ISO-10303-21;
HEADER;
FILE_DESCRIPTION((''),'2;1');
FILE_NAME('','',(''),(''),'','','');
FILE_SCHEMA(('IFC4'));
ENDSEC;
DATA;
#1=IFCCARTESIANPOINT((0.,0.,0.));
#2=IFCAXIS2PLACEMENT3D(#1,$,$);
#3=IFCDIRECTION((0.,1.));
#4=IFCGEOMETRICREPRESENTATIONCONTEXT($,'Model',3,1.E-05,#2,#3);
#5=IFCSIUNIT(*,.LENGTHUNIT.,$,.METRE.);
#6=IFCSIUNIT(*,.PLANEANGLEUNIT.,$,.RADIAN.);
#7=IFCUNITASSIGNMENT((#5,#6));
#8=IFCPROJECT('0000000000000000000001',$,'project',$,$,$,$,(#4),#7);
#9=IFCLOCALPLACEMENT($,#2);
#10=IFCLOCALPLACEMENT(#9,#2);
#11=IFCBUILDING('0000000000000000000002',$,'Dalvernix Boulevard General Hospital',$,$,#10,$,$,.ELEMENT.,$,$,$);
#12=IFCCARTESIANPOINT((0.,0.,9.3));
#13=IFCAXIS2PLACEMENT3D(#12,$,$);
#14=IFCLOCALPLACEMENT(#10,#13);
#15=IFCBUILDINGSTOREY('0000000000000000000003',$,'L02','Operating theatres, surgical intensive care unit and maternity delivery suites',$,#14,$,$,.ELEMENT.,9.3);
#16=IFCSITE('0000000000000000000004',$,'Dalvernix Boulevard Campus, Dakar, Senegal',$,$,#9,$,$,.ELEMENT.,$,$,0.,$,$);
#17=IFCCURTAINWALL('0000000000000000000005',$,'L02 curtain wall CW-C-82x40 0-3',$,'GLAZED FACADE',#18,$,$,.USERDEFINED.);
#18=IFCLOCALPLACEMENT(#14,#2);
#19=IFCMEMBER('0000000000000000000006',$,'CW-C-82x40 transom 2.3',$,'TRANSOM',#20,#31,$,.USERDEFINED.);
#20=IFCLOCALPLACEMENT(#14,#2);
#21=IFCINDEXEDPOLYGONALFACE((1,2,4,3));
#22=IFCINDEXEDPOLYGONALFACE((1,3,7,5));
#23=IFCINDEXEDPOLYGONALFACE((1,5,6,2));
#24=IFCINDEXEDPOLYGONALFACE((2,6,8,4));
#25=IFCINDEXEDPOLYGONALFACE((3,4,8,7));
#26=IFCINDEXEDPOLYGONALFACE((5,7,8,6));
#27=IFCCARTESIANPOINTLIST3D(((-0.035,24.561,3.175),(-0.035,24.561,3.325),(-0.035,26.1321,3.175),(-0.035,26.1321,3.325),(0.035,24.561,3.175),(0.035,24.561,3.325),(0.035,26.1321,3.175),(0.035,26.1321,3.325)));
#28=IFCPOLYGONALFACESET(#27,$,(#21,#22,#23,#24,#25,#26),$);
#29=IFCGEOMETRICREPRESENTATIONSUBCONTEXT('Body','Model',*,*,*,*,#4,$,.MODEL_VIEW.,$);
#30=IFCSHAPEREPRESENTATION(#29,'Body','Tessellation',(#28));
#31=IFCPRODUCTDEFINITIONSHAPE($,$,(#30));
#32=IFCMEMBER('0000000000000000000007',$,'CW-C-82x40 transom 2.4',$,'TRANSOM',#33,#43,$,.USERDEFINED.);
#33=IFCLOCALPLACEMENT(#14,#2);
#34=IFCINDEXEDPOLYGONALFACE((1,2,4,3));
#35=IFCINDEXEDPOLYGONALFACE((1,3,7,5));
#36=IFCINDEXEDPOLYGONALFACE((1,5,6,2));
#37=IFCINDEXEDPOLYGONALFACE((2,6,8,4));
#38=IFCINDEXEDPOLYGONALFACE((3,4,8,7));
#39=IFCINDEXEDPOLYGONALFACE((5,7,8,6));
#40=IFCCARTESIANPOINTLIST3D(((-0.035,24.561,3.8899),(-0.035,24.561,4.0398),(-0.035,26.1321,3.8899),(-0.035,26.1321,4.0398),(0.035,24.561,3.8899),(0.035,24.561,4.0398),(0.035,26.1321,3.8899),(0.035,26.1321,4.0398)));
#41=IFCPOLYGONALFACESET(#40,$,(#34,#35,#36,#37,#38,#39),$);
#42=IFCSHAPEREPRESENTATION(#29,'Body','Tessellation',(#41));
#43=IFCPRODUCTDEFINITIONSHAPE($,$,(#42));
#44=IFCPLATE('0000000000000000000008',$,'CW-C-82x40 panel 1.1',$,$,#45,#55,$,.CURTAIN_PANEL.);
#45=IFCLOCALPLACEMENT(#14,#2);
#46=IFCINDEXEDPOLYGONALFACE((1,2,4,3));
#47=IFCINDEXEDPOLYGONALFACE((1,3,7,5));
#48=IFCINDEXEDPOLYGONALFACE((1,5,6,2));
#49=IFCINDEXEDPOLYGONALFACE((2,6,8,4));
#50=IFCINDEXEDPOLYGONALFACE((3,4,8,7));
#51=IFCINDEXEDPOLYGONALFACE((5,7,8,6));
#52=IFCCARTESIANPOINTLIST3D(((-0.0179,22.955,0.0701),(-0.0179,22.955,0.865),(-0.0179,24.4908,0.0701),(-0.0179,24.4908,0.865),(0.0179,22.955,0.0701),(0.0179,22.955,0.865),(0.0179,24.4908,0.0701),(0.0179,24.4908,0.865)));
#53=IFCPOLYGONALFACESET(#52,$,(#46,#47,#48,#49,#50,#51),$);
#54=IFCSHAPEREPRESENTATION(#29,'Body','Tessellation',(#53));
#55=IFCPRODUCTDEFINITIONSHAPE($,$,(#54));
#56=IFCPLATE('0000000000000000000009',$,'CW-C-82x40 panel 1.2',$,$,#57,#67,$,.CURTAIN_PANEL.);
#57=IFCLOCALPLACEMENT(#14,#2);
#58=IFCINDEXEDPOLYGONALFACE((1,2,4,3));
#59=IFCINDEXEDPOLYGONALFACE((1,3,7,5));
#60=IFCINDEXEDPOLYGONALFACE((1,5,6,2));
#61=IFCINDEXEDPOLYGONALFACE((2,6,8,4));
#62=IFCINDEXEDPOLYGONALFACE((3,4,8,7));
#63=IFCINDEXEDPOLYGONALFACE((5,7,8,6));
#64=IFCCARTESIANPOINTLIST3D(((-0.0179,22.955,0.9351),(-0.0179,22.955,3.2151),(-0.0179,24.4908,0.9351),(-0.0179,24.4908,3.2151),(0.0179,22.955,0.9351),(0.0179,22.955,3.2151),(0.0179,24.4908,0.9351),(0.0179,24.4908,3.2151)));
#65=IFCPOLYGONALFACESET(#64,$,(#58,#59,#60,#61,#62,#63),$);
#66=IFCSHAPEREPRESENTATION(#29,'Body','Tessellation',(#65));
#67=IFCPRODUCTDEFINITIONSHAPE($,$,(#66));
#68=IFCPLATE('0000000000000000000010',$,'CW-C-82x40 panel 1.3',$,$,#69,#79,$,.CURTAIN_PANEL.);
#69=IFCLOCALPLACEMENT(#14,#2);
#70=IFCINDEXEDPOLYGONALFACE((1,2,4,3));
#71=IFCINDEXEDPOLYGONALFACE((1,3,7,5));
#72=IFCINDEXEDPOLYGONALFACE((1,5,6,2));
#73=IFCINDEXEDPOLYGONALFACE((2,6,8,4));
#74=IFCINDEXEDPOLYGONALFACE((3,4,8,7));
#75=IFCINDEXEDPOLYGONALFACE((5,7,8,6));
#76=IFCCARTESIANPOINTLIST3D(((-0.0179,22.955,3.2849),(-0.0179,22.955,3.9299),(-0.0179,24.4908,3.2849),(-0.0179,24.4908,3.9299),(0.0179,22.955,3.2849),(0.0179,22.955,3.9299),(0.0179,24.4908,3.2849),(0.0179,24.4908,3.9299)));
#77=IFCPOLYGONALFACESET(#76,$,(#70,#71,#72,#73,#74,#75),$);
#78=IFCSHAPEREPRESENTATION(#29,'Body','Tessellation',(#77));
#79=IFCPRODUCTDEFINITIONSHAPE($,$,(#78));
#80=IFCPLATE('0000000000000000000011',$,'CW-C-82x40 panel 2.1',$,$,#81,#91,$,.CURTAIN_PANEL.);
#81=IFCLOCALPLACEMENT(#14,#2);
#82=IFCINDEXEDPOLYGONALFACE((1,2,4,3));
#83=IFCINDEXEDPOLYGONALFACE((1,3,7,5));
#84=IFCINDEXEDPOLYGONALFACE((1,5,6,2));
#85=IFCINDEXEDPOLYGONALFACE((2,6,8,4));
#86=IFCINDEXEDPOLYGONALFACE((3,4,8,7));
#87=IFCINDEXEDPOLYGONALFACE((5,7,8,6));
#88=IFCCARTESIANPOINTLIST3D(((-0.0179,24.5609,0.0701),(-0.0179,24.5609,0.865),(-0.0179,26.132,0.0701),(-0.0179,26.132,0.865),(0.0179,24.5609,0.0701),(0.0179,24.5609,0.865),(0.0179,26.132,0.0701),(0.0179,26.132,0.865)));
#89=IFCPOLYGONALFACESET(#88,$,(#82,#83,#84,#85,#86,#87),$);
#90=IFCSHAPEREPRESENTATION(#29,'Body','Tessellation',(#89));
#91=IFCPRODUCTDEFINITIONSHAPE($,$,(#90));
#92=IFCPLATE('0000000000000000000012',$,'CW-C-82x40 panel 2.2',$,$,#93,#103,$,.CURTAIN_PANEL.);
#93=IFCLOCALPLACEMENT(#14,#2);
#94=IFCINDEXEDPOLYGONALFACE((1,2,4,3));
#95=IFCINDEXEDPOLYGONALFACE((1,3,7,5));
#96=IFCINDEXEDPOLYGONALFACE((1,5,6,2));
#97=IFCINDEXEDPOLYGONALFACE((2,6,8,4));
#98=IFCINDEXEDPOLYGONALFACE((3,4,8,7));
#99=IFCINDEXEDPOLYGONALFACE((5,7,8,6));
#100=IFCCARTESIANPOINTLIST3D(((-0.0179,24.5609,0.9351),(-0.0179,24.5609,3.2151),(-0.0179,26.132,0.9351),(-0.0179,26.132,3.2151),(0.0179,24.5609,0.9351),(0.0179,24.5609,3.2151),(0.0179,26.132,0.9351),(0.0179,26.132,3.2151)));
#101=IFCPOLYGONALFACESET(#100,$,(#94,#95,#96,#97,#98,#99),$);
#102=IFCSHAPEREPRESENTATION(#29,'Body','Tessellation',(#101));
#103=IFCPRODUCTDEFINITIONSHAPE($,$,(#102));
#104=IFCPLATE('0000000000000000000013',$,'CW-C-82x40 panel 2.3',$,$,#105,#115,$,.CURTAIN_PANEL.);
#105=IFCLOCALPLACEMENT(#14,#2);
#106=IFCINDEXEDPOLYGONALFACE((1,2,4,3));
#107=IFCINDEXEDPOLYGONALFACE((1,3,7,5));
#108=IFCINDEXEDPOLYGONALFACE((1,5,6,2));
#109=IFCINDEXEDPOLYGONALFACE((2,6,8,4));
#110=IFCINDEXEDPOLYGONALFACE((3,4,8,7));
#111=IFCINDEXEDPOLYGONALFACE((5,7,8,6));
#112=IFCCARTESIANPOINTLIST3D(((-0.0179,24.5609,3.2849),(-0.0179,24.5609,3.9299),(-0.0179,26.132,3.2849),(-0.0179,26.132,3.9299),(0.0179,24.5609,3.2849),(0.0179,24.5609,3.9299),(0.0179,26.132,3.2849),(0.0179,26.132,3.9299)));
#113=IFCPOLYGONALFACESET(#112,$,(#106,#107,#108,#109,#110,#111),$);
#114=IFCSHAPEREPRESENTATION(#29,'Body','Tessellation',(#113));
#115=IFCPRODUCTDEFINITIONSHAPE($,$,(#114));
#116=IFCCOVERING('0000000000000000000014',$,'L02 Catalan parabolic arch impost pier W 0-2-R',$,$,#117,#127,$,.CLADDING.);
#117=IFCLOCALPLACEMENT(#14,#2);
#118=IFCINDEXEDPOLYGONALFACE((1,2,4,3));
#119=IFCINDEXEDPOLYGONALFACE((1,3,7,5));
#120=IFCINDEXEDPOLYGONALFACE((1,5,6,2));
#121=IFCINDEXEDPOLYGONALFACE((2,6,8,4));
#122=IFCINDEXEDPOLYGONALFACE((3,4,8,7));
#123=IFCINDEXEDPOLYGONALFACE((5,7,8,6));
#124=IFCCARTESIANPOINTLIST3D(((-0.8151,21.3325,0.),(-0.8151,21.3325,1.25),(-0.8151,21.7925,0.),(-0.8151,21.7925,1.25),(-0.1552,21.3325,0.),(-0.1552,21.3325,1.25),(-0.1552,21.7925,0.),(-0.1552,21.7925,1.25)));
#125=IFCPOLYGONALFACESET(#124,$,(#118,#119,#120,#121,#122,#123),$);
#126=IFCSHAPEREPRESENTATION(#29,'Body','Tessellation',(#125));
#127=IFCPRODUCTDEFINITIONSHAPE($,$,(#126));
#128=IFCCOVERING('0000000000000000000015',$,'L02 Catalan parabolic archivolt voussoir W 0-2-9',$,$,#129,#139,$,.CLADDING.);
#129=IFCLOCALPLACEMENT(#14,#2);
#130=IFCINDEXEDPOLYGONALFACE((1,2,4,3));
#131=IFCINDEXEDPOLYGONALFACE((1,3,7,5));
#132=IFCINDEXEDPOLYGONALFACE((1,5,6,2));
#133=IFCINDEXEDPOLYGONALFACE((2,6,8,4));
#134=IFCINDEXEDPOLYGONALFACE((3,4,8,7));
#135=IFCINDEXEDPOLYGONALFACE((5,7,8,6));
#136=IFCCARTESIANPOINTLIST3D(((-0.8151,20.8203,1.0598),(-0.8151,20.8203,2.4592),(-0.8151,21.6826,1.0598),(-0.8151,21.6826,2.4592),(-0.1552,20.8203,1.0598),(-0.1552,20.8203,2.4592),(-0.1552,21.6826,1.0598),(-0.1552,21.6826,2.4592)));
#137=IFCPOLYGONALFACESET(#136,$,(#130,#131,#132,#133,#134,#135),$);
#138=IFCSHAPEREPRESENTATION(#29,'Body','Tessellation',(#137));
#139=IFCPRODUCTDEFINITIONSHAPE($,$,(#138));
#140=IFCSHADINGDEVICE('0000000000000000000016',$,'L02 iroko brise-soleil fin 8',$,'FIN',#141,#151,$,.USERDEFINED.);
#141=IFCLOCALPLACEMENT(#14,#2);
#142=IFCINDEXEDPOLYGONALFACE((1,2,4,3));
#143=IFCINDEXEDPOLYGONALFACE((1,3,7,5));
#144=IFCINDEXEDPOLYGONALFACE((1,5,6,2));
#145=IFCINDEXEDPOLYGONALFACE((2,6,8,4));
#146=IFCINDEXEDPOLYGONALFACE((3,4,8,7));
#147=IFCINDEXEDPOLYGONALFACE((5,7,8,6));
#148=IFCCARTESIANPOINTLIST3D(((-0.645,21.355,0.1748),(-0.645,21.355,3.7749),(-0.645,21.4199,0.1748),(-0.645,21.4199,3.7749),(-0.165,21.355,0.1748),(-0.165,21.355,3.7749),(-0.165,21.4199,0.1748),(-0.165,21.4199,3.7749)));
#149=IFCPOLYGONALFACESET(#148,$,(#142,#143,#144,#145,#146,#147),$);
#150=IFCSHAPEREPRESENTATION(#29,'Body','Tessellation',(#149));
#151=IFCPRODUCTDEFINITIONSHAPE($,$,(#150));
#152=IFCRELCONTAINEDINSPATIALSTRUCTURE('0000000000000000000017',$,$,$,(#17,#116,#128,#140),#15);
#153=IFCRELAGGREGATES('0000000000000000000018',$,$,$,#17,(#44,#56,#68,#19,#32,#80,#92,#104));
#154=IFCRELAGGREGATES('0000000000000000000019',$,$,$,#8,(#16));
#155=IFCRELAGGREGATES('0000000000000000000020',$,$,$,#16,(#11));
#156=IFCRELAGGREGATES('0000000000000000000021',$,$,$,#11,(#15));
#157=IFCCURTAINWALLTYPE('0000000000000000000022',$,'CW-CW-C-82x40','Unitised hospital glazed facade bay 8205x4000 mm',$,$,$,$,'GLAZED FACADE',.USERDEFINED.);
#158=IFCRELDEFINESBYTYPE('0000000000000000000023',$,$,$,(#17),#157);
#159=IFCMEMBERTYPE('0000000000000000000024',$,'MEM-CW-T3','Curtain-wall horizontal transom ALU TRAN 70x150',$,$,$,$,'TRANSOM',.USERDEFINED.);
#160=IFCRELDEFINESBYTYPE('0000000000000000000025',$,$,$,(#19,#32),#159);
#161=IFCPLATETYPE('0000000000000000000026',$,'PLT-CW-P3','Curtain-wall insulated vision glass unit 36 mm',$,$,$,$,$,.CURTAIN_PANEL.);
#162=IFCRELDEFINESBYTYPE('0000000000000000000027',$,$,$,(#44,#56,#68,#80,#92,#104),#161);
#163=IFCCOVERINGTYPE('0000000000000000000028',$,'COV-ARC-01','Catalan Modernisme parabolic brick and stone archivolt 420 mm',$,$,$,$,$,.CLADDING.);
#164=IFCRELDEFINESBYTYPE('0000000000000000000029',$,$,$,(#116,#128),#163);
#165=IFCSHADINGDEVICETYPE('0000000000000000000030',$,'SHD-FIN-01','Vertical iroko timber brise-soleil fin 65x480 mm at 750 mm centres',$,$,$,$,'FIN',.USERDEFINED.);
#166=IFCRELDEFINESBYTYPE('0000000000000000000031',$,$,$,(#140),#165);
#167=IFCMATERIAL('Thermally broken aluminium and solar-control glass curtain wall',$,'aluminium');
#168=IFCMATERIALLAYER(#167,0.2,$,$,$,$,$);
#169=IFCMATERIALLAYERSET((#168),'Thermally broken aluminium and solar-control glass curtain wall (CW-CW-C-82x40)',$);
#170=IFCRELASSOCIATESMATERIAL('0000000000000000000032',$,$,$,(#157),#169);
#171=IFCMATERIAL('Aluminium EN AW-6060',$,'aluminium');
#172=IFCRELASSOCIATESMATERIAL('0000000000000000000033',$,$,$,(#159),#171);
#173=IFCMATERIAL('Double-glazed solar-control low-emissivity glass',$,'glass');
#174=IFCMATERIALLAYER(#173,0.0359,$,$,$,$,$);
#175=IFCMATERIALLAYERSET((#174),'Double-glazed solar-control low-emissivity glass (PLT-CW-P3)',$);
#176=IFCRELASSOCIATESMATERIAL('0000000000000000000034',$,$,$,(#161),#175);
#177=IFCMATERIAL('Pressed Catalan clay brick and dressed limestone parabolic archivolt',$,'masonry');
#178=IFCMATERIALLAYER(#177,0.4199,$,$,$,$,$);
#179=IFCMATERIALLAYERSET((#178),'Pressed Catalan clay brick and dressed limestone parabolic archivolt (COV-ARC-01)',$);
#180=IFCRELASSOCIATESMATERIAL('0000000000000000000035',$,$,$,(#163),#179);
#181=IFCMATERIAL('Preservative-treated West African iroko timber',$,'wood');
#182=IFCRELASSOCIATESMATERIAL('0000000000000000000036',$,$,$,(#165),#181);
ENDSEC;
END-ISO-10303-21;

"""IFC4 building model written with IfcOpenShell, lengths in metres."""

from ifc_helpers import new_model, si_unit, direction, frame, origin, origin_2d, place, context, subcontext, project, spatial, rectangle, extrude, material, layer, layer_set, material_profile, profile_set, type_object, element, aggregate, save


model = new_model("IFC4")

# Units and contexts
model_context = context("Model", 3, precision=1e-05, world=origin(), true_north=direction((0.0, 1.0)))
body_context = subcontext(model_context, "Body", "Model", "MODEL_VIEW")
ifc_project = project(units=[si_unit("LENGTHUNIT", "METRE"), si_unit("PLANEANGLEUNIT", "RADIAN")], contexts=[model_context])

# Site, building, storey
site_placement = place(None, origin())
site = spatial("IfcSite", under=ifc_project, at=site_placement, Name="Dalvernix Boulevard Campus, Dakar, Senegal", CompositionType="ELEMENT", RefElevation=0.0)
building_placement = place(site_placement, origin())
building = spatial("IfcBuilding", under=site, at=building_placement, Name="Dalvernix Boulevard General Hospital", CompositionType="ELEMENT")
storey_placement = place(building_placement, frame((0.0, 0.0, 9.3)))
storey = spatial("IfcBuildingStorey", under=building, at=storey_placement, Name="L02", Description="Operating theatres, surgical intensive care unit and maternity delivery suites", CompositionType="ELEMENT", Elevation=9.3)

# Curtain wall, members, plates
ifc_material_1 = material(Name="Thermally broken aluminium and solar-control glass curtain wall", Category="aluminium")
ifc_layer_1 = layer(ifc_material_1, 0.2)
ifc_layer_set_1 = layer_set([ifc_layer_1], Name="Thermally broken aluminium and solar-control glass curtain wall (CW-CW-C-82x40)")
curtain_wall_type = type_object("IfcCurtainWallType", Name="CW-CW-C-82x40", Description="Unitised hospital glazed facade bay 8205x4000 mm", ElementType="GLAZED FACADE", PredefinedType="USERDEFINED", material=ifc_layer_set_1)
curtain_wall_placement = place(storey_placement, origin())
curtain_wall = element("IfcCurtainWall", 1, at=curtain_wall_placement, inside=storey, type_object=curtain_wall_type, Name="L02 curtain wall CW-C-82x40 0-3", ObjectType="GLAZED FACADE", PredefinedType="USERDEFINED")
ifc_material_2 = material(Name="Aluminium EN AW-6060", Category="aluminium")
ifc_material_profile_1 = material_profile(ifc_material_2, rectangle(XDim=0.0701, YDim=0.1499, at=origin_2d()), Name="ALU TRAN 70x150")
ifc_profile_set_1 = profile_set([ifc_material_profile_1], Name="Aluminium EN AW-6060")
member_type_1 = type_object("IfcMemberType", Name="MEM-CW-T3", Description="Curtain-wall horizontal transom ALU TRAN 70x150", ElementType="TRANSOM", PredefinedType="USERDEFINED", material=ifc_profile_set_1)
member_1_placement = place(storey_placement, frame((0.0, 24.561, 3.25), z_axis=(0.0, 1.0, 0.0), x_axis=(-1.0, 0.0, 0.0)))
member_1 = element("IfcMember", 2, at=member_1_placement, type_object=member_type_1, Name="CW-C-82x40 transom 2.3", ObjectType="TRANSOM", PredefinedType="USERDEFINED", context=body_context, shape_type="SweptSolid", body=[
    extrude(rectangle(XDim=0.0701, YDim=0.1499, at=origin_2d()), origin(), (0.0, 0.0, 1.0), 1.571),
])
member_2_placement = place(storey_placement, frame((0.0, 24.561, 3.9648), z_axis=(0.0, 1.0, 0.0), x_axis=(-1.0, 0.0, 0.0)))
member_2 = element("IfcMember", 3, at=member_2_placement, type_object=member_type_1, Name="CW-C-82x40 transom 2.4", ObjectType="TRANSOM", PredefinedType="USERDEFINED", context=body_context, shape_type="SweptSolid", body=[
    extrude(rectangle(XDim=0.0701, YDim=0.1499, at=origin_2d()), origin(), (0.0, 0.0, 1.0), 1.571),
])
ifc_material_3 = material(Name="Double-glazed solar-control low-emissivity glass", Category="glass")
ifc_layer_2 = layer(ifc_material_3, 0.0359)
ifc_layer_set_2 = layer_set([ifc_layer_2], Name="Double-glazed solar-control low-emissivity glass (PLT-CW-P3)")
plate_type = type_object("IfcPlateType", Name="PLT-CW-P3", Description="Curtain-wall insulated vision glass unit 36 mm", PredefinedType="CURTAIN_PANEL", material=ifc_layer_set_2)
plate_1_placement = place(storey_placement, frame((0.0, 23.7229, 0.0701), z_axis=(0.0, 0.0, 1.0), x_axis=(0.0, 1.0, 0.0)))
plate_1 = element("IfcPlate", 4, at=plate_1_placement, type_object=plate_type, Name="CW-C-82x40 panel 1.1", PredefinedType="CURTAIN_PANEL", context=body_context, shape_type="SweptSolid", body=[
    extrude(rectangle(XDim=1.5359, YDim=0.0359, at=origin_2d()), origin(), (0.0, 0.0, 1.0), 0.7949),
])
plate_2_placement = place(storey_placement, frame((0.0, 23.7229, 0.9351), z_axis=(0.0, 0.0, 1.0), x_axis=(0.0, 1.0, 0.0)))
plate_2 = element("IfcPlate", 5, at=plate_2_placement, type_object=plate_type, Name="CW-C-82x40 panel 1.2", PredefinedType="CURTAIN_PANEL", context=body_context, shape_type="SweptSolid", body=[
    extrude(rectangle(XDim=1.5359, YDim=0.0359, at=origin_2d()), origin(), (0.0, 0.0, 1.0), 2.28),
])
plate_3_placement = place(storey_placement, frame((0.0, 23.7229, 3.2849), z_axis=(0.0, 0.0, 1.0), x_axis=(0.0, 1.0, 0.0)))
plate_3 = element("IfcPlate", 6, at=plate_3_placement, type_object=plate_type, Name="CW-C-82x40 panel 1.3", PredefinedType="CURTAIN_PANEL", context=body_context, shape_type="SweptSolid", body=[
    extrude(rectangle(XDim=1.5359, YDim=0.0359, at=origin_2d()), origin(), (0.0, 0.0, 1.0), 0.645),
])
plate_4_placement = place(storey_placement, frame((0.0, 25.3464, 0.0701), z_axis=(0.0, 0.0, 1.0), x_axis=(0.0, 1.0, 0.0)))
plate_4 = element("IfcPlate", 7, at=plate_4_placement, type_object=plate_type, Name="CW-C-82x40 panel 2.1", PredefinedType="CURTAIN_PANEL", context=body_context, shape_type="SweptSolid", body=[
    extrude(rectangle(XDim=1.571, YDim=0.0359, at=origin_2d()), origin(), (0.0, 0.0, 1.0), 0.7949),
])
plate_5_placement = place(storey_placement, frame((0.0, 25.3464, 0.9351), z_axis=(0.0, 0.0, 1.0), x_axis=(0.0, 1.0, 0.0)))
plate_5 = element("IfcPlate", 8, at=plate_5_placement, type_object=plate_type, Name="CW-C-82x40 panel 2.2", PredefinedType="CURTAIN_PANEL", context=body_context, shape_type="SweptSolid", body=[
    extrude(rectangle(XDim=1.571, YDim=0.0359, at=origin_2d()), origin(), (0.0, 0.0, 1.0), 2.28),
])
plate_6_placement = place(storey_placement, frame((0.0, 25.3464, 3.2849), z_axis=(0.0, 0.0, 1.0), x_axis=(0.0, 1.0, 0.0)))
plate_6 = element("IfcPlate", 9, at=plate_6_placement, type_object=plate_type, Name="CW-C-82x40 panel 2.3", PredefinedType="CURTAIN_PANEL", context=body_context, shape_type="SweptSolid", body=[
    extrude(rectangle(XDim=1.571, YDim=0.0359, at=origin_2d()), origin(), (0.0, 0.0, 1.0), 0.645),
])
aggregate(curtain_wall, [plate_1, plate_2, plate_3, member_1, member_2, plate_4, plate_5, plate_6])

# Coverings
ifc_material_4 = material(Name="Pressed Catalan clay brick and dressed limestone parabolic archivolt", Category="masonry")
ifc_layer_3 = layer(ifc_material_4, 0.4199)
ifc_layer_set_3 = layer_set([ifc_layer_3], Name="Pressed Catalan clay brick and dressed limestone parabolic archivolt (COV-ARC-01)")
covering_type = type_object("IfcCoveringType", Name="COV-ARC-01", Description="Catalan Modernisme parabolic brick and stone archivolt 420 mm", PredefinedType="CLADDING", material=ifc_layer_set_3)
covering_1_placement = place(storey_placement, frame((-0.4851, 21.5625, 0.0), z_axis=(0.0, 0.0, 1.0), x_axis=(0.0, 1.0, 0.0)))
element("IfcCovering", 10, at=covering_1_placement, inside=storey, type_object=covering_type, Name="L02 Catalan parabolic arch impost pier W 0-2-R", PredefinedType="CLADDING", context=body_context, shape_type="SweptSolid", body=[
    extrude(rectangle(XDim=0.46, YDim=0.6599, at=origin_2d()), origin(), (0.0, 0.0, 1.0), 1.25),
])
covering_2_placement = place(storey_placement, frame((-0.4851, 21.2515, 1.0598), z_axis=(0.0, 0.0, 1.0), x_axis=(0.0, 1.0, 0.0)))
element("IfcCovering", 11, at=covering_2_placement, inside=storey, type_object=covering_type, Name="L02 Catalan parabolic archivolt voussoir W 0-2-9", PredefinedType="CLADDING", context=body_context, shape_type="SweptSolid", body=[
    extrude(rectangle(XDim=0.8623, YDim=0.6599, at=origin_2d()), origin(), (0.0, 0.0, 1.0), 1.3994),
])

# Shading device
ifc_material_5 = material(Name="Preservative-treated West African iroko timber", Category="wood")
shading_device_type = type_object("IfcShadingDeviceType", Name="SHD-FIN-01", Description="Vertical iroko timber brise-soleil fin 65x480 mm at 750 mm centres", ElementType="FIN", PredefinedType="USERDEFINED", material=ifc_material_5)
shading_device_placement = place(storey_placement, frame((-0.405, 21.3875, 0.1748), z_axis=(0.0, 0.0, 1.0), x_axis=(0.0, 1.0, 0.0)))
element("IfcShadingDevice", 12, at=shading_device_placement, inside=storey, type_object=shading_device_type, Name="L02 iroko brise-soleil fin 8", ObjectType="FIN", PredefinedType="USERDEFINED", context=body_context, shape_type="SweptSolid", body=[
    extrude(rectangle(XDim=0.0649, YDim=0.48, at=origin_2d()), origin(), (0.0, 0.0, 1.0), 3.6001),
])

save(model, "model.ifc")
